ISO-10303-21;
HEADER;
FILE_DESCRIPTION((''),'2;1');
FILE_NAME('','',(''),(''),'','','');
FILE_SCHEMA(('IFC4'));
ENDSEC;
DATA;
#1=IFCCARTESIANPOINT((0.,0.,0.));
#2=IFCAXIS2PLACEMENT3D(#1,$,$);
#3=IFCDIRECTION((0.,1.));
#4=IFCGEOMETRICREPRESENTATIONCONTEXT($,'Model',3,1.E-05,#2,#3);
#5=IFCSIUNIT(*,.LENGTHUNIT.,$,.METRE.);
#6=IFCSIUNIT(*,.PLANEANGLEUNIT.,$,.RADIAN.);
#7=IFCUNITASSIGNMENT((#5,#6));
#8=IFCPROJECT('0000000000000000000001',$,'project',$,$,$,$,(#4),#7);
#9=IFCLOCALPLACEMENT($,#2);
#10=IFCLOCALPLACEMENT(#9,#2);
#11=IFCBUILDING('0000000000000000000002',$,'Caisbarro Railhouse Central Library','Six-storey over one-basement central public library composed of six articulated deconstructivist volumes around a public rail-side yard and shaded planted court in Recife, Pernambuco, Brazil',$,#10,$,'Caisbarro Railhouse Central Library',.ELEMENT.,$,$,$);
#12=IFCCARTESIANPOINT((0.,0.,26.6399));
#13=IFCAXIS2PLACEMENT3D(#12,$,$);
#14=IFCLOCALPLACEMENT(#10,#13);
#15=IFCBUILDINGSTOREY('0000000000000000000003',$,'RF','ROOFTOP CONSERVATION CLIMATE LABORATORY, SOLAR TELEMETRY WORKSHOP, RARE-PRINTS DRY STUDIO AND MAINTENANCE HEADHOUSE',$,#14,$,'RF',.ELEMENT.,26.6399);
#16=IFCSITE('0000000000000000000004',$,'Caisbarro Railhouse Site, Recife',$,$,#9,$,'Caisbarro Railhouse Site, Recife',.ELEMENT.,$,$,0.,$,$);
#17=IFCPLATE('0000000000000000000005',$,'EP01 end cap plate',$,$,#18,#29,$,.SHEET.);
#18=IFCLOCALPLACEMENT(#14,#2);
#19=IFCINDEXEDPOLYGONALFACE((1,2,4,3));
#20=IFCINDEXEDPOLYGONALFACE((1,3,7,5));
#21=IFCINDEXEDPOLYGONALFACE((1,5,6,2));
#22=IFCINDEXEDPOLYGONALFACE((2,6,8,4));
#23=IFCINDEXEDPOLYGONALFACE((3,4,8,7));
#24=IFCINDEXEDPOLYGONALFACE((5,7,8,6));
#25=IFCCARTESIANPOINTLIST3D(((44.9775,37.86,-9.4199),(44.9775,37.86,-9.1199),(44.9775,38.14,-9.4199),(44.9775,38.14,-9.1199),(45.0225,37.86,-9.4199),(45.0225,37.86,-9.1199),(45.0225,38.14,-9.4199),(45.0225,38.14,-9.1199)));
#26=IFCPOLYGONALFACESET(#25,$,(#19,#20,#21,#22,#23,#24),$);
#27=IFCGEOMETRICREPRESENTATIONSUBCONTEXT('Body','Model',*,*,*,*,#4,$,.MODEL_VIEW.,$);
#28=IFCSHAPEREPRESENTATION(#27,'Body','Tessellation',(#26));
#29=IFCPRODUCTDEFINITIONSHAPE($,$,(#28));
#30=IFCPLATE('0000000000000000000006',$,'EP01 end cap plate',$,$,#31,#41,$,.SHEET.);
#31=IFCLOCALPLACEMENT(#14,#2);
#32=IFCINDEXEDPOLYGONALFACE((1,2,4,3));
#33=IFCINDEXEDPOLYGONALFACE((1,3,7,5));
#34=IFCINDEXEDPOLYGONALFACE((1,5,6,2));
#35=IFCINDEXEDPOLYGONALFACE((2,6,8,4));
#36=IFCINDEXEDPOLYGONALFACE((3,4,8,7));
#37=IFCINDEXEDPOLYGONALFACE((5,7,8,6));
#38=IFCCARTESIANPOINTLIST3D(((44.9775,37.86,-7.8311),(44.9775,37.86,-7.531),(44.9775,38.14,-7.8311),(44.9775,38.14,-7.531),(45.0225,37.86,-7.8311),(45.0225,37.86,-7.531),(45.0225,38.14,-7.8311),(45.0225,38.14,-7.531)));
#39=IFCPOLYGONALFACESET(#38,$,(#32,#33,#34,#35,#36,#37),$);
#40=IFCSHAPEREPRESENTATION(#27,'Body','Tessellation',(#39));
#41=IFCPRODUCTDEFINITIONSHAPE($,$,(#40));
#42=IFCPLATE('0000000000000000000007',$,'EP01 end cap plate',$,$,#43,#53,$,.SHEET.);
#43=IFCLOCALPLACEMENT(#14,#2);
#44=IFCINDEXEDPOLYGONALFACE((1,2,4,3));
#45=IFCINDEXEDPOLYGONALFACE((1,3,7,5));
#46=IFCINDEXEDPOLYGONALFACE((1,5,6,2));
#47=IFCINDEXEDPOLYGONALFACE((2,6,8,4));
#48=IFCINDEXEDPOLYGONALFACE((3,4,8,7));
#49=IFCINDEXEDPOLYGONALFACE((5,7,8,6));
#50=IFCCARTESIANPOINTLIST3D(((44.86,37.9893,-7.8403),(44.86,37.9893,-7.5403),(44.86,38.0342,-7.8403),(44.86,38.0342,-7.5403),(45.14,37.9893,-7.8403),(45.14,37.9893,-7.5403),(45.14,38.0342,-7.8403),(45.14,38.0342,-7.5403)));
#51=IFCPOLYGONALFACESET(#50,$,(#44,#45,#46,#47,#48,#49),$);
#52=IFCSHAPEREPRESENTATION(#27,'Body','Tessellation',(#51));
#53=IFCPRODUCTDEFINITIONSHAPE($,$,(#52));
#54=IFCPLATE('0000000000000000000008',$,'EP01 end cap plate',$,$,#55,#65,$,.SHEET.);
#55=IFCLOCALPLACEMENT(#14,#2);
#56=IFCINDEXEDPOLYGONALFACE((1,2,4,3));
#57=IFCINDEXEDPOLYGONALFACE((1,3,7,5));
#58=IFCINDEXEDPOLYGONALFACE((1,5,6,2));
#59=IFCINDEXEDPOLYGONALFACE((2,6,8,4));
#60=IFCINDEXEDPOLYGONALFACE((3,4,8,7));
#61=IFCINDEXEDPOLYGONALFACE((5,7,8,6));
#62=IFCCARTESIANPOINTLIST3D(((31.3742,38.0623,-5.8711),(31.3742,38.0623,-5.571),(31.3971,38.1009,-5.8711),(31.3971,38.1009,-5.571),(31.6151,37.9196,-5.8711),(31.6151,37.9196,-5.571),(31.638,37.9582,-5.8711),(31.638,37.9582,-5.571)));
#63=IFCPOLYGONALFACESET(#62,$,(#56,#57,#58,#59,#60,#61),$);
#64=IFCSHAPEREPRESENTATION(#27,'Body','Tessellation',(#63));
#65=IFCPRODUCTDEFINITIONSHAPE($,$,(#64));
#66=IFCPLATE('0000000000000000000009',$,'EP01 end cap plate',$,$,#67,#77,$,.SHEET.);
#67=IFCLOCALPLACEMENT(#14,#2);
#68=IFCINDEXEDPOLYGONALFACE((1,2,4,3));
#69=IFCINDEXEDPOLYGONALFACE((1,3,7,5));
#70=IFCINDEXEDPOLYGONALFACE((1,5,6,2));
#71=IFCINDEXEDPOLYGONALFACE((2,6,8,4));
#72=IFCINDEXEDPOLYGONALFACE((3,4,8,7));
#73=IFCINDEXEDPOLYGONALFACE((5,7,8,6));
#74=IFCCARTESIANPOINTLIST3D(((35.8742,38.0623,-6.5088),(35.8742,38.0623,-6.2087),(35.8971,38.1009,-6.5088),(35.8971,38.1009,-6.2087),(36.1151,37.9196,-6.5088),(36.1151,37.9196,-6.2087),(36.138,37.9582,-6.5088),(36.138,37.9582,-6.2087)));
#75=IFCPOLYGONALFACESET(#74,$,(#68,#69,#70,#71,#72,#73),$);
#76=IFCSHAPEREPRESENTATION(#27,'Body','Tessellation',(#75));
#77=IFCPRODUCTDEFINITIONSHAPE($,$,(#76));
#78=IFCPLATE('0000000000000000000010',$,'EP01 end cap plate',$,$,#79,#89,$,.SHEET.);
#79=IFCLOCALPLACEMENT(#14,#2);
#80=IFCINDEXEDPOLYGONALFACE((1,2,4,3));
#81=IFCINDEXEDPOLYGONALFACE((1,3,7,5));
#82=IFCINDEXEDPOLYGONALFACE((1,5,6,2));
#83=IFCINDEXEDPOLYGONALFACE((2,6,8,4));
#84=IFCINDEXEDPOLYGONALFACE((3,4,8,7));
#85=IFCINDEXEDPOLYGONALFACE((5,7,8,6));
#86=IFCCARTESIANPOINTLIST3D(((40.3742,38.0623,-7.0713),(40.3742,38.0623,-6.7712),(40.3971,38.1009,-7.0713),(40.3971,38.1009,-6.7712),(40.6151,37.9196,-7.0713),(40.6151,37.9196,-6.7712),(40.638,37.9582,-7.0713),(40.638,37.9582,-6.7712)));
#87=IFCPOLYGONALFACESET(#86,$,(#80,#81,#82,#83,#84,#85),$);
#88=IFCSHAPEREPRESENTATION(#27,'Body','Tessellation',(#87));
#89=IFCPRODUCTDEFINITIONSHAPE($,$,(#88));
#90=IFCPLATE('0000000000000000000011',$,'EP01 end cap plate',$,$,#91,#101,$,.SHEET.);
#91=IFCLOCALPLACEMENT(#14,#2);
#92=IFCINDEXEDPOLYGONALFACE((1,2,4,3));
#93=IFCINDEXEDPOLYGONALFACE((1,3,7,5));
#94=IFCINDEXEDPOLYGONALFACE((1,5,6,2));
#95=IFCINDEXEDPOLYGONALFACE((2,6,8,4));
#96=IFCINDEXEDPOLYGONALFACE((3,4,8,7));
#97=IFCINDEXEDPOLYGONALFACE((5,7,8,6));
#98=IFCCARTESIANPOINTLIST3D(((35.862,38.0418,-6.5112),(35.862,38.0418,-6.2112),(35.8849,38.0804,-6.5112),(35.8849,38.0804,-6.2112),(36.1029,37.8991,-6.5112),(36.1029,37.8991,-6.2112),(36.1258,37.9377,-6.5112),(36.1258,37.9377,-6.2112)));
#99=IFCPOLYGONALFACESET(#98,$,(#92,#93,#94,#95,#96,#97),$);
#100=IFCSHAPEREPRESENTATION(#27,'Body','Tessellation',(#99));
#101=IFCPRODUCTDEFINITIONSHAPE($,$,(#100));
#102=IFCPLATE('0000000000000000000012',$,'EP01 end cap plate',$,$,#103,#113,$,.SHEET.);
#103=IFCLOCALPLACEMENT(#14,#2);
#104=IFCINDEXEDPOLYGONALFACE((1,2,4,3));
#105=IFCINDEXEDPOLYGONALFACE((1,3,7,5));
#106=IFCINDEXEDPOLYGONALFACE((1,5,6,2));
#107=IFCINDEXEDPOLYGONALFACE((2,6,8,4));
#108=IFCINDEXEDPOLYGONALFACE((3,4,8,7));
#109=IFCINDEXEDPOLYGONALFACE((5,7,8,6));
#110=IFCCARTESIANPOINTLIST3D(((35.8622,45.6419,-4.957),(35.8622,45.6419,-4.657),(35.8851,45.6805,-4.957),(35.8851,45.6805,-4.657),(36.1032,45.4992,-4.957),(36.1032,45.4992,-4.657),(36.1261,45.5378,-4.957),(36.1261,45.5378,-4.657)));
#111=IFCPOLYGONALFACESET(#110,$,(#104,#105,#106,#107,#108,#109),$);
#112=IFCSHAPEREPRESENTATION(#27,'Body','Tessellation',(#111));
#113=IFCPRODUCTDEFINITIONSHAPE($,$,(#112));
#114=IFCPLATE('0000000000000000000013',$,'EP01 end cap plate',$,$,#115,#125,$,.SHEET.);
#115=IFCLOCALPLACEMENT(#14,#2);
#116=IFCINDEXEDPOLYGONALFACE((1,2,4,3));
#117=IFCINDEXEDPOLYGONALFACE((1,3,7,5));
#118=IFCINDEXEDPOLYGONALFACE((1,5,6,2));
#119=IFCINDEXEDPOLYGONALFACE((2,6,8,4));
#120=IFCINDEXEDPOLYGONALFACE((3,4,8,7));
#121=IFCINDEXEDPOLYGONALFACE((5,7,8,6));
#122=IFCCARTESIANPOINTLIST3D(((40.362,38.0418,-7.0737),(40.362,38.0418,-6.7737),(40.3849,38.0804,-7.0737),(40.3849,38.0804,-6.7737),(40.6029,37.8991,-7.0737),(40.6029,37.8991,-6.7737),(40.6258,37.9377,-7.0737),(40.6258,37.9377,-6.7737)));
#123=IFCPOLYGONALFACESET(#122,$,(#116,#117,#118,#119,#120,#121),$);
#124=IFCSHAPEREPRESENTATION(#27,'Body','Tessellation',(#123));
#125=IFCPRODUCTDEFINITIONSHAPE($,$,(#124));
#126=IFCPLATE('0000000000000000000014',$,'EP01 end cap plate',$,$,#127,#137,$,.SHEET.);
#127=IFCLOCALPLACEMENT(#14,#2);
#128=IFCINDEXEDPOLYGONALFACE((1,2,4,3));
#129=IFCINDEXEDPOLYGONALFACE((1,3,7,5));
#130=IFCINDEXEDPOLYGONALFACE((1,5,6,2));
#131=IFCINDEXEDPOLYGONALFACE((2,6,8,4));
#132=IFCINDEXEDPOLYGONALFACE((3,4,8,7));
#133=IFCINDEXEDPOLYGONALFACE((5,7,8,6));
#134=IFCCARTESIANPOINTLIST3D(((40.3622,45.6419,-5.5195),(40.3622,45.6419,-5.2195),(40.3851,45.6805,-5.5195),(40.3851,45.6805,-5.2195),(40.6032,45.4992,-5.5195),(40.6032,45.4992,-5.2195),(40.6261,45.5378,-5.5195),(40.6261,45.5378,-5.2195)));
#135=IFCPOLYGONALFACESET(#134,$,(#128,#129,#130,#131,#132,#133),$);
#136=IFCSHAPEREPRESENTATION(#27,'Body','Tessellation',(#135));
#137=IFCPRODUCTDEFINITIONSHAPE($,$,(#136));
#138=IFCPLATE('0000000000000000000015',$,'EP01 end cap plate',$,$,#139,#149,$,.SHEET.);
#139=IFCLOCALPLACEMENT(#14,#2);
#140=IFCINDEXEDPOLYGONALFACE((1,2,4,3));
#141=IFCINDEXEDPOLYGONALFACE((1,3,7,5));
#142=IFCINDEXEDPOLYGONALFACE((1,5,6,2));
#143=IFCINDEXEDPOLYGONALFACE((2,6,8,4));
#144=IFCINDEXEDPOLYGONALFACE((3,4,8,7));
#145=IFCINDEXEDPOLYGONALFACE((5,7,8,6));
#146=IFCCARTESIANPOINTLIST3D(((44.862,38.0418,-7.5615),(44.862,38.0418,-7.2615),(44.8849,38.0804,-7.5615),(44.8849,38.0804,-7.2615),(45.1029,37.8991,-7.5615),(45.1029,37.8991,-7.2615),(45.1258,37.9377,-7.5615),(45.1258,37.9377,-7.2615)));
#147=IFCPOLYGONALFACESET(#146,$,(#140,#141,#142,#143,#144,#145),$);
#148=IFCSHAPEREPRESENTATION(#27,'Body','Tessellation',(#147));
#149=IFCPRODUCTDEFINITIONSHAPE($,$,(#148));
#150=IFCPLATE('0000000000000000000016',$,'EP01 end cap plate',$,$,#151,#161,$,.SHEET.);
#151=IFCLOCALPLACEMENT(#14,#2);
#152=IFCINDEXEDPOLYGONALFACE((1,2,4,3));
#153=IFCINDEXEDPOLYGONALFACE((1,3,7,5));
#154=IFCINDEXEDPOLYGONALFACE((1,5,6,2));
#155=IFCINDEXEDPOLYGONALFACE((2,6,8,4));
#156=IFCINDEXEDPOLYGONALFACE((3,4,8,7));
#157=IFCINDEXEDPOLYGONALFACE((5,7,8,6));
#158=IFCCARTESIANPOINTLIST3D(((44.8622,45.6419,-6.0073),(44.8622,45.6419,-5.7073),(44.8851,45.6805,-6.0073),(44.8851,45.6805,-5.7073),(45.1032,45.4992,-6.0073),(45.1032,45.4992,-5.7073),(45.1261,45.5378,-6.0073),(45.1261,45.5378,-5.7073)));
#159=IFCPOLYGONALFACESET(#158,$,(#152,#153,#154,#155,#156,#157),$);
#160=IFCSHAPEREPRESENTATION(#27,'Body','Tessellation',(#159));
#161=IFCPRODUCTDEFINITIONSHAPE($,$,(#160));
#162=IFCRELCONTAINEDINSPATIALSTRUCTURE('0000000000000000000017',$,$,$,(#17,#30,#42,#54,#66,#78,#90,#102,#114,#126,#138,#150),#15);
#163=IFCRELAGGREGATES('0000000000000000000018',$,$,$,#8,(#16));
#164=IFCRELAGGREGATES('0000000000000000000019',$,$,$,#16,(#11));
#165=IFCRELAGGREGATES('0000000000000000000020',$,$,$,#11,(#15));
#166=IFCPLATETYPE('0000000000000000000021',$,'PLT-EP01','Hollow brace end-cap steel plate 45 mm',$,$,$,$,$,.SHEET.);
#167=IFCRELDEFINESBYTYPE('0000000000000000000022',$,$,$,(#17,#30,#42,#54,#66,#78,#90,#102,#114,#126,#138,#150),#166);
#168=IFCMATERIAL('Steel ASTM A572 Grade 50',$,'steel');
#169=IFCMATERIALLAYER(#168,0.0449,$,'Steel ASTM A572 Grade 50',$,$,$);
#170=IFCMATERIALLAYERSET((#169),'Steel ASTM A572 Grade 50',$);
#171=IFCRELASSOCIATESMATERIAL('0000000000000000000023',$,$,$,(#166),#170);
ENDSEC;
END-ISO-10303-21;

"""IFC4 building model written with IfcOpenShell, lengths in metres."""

from ifc_helpers import new_model, si_unit, direction, frame, origin, origin_2d, place, context, subcontext, project, spatial, rectangle, extrude, material, layer, layer_set, type_object, element, save


model = new_model("IFC4")

# Units and contexts
model_context = context("Model", 3, precision=1e-05, world=origin(), true_north=direction((0.0, 1.0)))
body_context = subcontext(model_context, "Body", "Model", "MODEL_VIEW")
ifc_project = project(units=[si_unit("LENGTHUNIT", "METRE"), si_unit("PLANEANGLEUNIT", "RADIAN")], contexts=[model_context])

# Site, building, storey
site_placement = place(None, origin())
site = spatial("IfcSite", under=ifc_project, at=site_placement, Name="Caisbarro Railhouse Site, Recife", LongName="Caisbarro Railhouse Site, Recife", CompositionType="ELEMENT", RefElevation=0.0)
building_placement = place(site_placement, origin())
building = spatial("IfcBuilding", under=site, at=building_placement, Name="Caisbarro Railhouse Central Library", Description="Six-storey over one-basement central public library composed of six articulated deconstructivist volumes around a public rail-side yard and shaded planted court in Recife, Pernambuco, Brazil", LongName="Caisbarro Railhouse Central Library", CompositionType="ELEMENT")
storey_placement = place(building_placement, frame((0.0, 0.0, 26.6399)))
storey = spatial("IfcBuildingStorey", under=building, at=storey_placement, Name="RF", Description="ROOFTOP CONSERVATION CLIMATE LABORATORY, SOLAR TELEMETRY WORKSHOP, RARE-PRINTS DRY STUDIO AND MAINTENANCE HEADHOUSE", LongName="RF", CompositionType="ELEMENT", Elevation=26.6399)

# Shared definitions
ifc_material = material(Name="Steel ASTM A572 Grade 50", Category="steel")

# Plates
ifc_layer = layer(ifc_material, 0.0449, Name="Steel ASTM A572 Grade 50")
ifc_layer_set = layer_set([ifc_layer], Name="Steel ASTM A572 Grade 50")
plate_type = type_object("IfcPlateType", Name="PLT-EP01", Description="Hollow brace end-cap steel plate 45 mm", PredefinedType="SHEET", material=ifc_layer_set)
for number, where, z_axis, x_axis, name in (
    (1, (45.0, 38.0, -9.4199), (0.0, 0.0, 1.0), (1.0, 0.0, 0.0), "EP01 end cap plate"),
    (2, (45.0, 38.0, -7.8311), (0.0, 0.0, 1.0), (1.0, 0.0, 0.0), "EP01 end cap plate"),
    (3, (45.0, 38.0117, -7.8403), (0.0, 0.0, 1.0), (0.0, 1.0, 0.0), "EP01 end cap plate"),
    (4, (31.5061, 38.0103, -5.8711), (0.0, 0.0, 1.0), (0.509492, 0.860475, 0.0), "EP01 end cap plate"),
    (5, (36.0061, 38.0103, -6.5088), (0.0, 0.0, 1.0), (0.509492, 0.860475, 0.0), "EP01 end cap plate"),
    (6, (40.5061, 38.0103, -7.0713), (0.0, 0.0, 1.0), (0.509492, 0.860475, 0.0), "EP01 end cap plate"),
    (7, (35.9939, 37.9897, -6.5112), (0.0, 0.0, 1.0), (0.509492, 0.860475, 0.0), "EP01 end cap plate"),
    (8, (35.9941, 45.5898, -4.957), (0.0, 0.0, 1.0), (0.509492, 0.860475, 0.0), "EP01 end cap plate"),
    (9, (40.4939, 37.9897, -7.0737), (0.0, 0.0, 1.0), (0.509492, 0.860475, 0.0), "EP01 end cap plate"),
    (10, (40.4941, 45.5898, -5.5195), (0.0, 0.0, 1.0), (0.509492, 0.860475, 0.0), "EP01 end cap plate"),
    (11, (44.9939, 37.9897, -7.5615), (0.0, 0.0, 1.0), (0.509492, 0.860475, 0.0), "EP01 end cap plate"),
    (12, (44.9941, 45.5898, -6.0073), (0.0, 0.0, 1.0), (0.509492, 0.860475, 0.0), "EP01 end cap plate"),
):
    element("IfcPlate", number, at=place(storey_placement, frame(where, z_axis=z_axis, x_axis=x_axis)), inside=storey, type_object=plate_type, Name=name, PredefinedType="SHEET", context=body_context, shape_type="SweptSolid", body=[
        extrude(rectangle(XDim=0.0449, YDim=0.28, at=origin_2d()), origin(), (0.0, 0.0, 1.0), 0.3),
    ])

save(model, "model.ifc")
